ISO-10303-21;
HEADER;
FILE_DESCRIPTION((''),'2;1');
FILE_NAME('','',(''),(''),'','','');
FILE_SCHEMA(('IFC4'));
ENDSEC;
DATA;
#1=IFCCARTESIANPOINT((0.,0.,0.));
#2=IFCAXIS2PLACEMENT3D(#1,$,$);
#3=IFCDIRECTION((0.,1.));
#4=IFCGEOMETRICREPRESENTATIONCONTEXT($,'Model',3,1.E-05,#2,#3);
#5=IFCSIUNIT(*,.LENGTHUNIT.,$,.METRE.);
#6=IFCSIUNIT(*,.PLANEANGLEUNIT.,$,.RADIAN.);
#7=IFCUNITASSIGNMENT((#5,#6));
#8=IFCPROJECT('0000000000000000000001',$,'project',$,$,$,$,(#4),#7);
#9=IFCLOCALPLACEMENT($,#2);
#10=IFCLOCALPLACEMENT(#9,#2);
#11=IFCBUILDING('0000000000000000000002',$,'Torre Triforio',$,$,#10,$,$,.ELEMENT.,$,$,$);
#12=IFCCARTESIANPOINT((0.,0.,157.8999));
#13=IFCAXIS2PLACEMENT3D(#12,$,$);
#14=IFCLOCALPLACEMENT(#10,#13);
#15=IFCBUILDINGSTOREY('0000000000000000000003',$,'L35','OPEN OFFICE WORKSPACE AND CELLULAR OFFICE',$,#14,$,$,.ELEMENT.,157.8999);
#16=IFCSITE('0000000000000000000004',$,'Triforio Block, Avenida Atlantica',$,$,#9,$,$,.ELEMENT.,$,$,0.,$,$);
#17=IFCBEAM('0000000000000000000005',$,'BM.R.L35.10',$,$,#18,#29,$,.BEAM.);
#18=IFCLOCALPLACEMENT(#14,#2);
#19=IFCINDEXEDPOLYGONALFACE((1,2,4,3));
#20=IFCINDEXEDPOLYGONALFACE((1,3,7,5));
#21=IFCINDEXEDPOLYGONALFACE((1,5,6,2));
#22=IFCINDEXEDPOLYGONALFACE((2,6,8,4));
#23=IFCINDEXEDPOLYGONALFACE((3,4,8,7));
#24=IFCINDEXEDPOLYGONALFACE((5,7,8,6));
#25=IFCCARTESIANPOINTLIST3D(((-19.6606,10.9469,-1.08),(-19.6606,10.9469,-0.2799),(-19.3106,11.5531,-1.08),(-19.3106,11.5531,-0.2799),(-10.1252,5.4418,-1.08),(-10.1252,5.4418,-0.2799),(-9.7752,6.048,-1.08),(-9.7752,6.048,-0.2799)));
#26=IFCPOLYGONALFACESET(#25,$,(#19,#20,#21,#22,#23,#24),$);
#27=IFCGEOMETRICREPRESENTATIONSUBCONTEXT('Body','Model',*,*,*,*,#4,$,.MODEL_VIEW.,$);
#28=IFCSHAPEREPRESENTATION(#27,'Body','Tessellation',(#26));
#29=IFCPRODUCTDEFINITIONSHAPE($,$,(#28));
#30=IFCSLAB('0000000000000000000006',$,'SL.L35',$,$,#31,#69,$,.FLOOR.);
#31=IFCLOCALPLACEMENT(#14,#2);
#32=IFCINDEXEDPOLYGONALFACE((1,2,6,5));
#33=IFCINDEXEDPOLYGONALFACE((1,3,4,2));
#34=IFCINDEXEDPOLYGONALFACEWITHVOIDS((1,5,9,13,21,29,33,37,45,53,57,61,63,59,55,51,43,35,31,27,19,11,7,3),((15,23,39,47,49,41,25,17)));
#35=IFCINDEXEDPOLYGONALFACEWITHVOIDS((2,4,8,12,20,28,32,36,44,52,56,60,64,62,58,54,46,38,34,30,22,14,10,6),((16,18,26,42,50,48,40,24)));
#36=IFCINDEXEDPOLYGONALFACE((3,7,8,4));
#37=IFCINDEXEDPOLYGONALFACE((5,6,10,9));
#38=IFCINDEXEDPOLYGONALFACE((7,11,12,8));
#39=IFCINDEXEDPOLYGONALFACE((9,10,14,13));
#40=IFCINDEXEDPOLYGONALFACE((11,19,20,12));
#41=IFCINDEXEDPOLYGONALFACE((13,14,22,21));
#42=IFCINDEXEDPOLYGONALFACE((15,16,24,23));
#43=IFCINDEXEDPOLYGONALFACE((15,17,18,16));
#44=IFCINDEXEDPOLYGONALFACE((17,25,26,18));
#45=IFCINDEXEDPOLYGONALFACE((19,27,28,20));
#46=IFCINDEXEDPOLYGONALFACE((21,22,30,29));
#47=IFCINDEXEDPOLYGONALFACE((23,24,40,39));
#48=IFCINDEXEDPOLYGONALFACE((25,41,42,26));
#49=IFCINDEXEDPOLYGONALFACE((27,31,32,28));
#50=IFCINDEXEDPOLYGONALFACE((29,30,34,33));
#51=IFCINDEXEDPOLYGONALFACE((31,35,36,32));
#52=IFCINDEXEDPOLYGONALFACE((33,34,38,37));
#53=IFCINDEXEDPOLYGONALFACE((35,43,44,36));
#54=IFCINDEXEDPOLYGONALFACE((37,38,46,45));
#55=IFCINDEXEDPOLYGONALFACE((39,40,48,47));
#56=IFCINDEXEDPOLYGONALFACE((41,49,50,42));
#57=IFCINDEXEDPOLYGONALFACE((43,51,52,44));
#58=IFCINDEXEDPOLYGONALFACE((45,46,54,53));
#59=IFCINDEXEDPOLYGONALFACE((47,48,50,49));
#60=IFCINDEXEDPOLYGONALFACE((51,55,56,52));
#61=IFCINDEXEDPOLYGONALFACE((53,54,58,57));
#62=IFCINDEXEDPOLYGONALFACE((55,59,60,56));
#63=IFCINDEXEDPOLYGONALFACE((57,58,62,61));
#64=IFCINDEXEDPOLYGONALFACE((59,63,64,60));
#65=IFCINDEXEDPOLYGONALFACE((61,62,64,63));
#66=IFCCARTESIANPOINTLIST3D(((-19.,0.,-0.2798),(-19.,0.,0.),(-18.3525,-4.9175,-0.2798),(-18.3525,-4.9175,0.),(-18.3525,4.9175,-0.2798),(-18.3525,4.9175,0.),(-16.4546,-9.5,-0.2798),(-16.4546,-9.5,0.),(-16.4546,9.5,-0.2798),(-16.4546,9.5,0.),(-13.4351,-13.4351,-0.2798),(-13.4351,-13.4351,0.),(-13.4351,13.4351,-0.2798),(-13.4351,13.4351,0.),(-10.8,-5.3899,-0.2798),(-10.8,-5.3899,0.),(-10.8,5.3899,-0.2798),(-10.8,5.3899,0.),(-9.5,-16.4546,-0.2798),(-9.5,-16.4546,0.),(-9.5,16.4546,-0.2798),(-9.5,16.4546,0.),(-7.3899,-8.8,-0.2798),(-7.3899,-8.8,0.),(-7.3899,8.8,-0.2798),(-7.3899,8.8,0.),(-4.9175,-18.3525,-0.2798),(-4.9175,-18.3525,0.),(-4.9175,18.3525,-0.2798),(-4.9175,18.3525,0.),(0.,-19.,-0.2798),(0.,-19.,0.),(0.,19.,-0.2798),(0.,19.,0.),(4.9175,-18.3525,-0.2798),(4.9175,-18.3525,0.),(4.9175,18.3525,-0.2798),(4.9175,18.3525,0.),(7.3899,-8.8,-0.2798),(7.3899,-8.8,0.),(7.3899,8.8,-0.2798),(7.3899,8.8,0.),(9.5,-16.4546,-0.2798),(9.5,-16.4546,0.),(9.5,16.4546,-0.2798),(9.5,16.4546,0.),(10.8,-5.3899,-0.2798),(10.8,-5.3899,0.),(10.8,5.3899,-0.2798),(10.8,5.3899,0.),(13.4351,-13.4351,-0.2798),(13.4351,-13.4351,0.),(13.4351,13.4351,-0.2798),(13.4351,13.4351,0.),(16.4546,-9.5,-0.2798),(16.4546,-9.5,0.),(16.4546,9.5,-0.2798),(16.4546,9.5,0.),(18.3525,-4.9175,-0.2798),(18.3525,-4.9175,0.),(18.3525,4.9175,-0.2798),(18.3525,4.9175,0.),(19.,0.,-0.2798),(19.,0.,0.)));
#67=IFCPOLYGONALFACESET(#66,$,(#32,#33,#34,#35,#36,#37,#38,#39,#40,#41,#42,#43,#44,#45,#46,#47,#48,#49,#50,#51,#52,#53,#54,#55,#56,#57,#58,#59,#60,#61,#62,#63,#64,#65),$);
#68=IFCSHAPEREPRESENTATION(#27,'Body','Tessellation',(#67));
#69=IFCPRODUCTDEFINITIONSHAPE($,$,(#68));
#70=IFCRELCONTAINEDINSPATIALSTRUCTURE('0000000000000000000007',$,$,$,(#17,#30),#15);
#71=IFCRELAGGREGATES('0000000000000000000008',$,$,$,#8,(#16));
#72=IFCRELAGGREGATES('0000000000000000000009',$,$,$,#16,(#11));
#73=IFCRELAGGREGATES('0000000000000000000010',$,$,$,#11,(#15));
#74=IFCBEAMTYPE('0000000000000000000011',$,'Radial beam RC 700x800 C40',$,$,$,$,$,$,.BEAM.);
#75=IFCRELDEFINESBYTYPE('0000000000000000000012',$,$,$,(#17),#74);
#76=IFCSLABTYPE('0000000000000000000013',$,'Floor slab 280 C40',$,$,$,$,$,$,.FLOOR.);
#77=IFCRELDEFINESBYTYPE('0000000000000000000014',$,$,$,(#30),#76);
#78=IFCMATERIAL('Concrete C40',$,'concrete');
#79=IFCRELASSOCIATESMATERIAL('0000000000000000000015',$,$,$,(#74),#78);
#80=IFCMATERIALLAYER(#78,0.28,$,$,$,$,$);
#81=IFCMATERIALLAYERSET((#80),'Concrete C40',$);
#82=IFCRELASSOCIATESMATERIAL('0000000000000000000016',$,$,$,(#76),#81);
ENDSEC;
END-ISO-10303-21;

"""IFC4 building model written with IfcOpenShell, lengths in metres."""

from ifc_helpers import new_model, si_unit, direction, frame, origin, origin_2d, place, context, subcontext, project, spatial, polyline, rectangle, outline, extrude, material, layer, layer_set, material_profile, profile_set, type_object, element, save


model = new_model("IFC4")

# Units and contexts
model_context = context("Model", 3, precision=1e-05, world=origin(), true_north=direction((0.0, 1.0)))
body_context = subcontext(model_context, "Body", "Model", "MODEL_VIEW")
ifc_project = project(units=[si_unit("LENGTHUNIT", "METRE"), si_unit("PLANEANGLEUNIT", "RADIAN")], contexts=[model_context])

# Site, building, storey
site_placement = place(None, origin())
site = spatial("IfcSite", under=ifc_project, at=site_placement, Name="Triforio Block, Avenida Atlantica", CompositionType="ELEMENT", RefElevation=0.0)
building_placement = place(site_placement, origin())
building = spatial("IfcBuilding", under=site, at=building_placement, Name="Torre Triforio", CompositionType="ELEMENT")
storey_placement = place(building_placement, frame((0.0, 0.0, 157.8999)))
storey = spatial("IfcBuildingStorey", under=building, at=storey_placement, Name="L35", Description="OPEN OFFICE WORKSPACE AND CELLULAR OFFICE", CompositionType="ELEMENT", Elevation=157.8999)

# Beam
ifc_material_1 = material(Name="Concrete C40", Category="concrete")
ifc_material_profile = material_profile(ifc_material_1, rectangle(XDim=0.7, YDim=0.8, at=origin_2d()), Name="RC 700x800")
ifc_profile_set = profile_set([ifc_material_profile], Name="Concrete C40")
beam_type = type_object("IfcBeamType", Name="Radial beam RC 700x800 C40", PredefinedType="BEAM", material=ifc_profile_set)
beam_placement = place(storey_placement, frame((-9.9502, 5.7449, -0.6799), z_axis=(-0.866031, 0.499991, 0.0), x_axis=(-0.499991, -0.866031, 0.0)))
element("IfcBeam", 1, at=beam_placement, inside=storey, type_object=beam_type, Name="BM.R.L35.10", PredefinedType="BEAM", context=body_context, shape_type="SweptSolid", body=[
    extrude(rectangle(XDim=0.7, YDim=0.8, at=origin_2d()), origin(), (0.0, 0.0, 1.0), 11.0105),
])

# Slab
ifc_layer_1 = layer(ifc_material_1, 0.28)
ifc_layer_set_1 = layer_set([ifc_layer_1], Name="Concrete C40")
slab_type_1 = type_object("IfcSlabType", Name="Floor slab 280 C40", PredefinedType="FLOOR", material=ifc_layer_set_1)
slab_1_placement = place(storey_placement, frame((0.0, 0.0, -0.2798)))
element("IfcSlab", 2, at=slab_1_placement, inside=storey, type_object=slab_type_1, Name="SL.L35", PredefinedType="FLOOR", context=body_context, shape_type="SweptSolid", body=[
    extrude(outline(polyline([(16.4546, -9.5), (18.3525, -4.9175), (19.0, 0.0), (18.3525, 4.9175), (16.4546, 9.5), (13.4351, 13.4351), (9.5, 16.4546), (4.9175, 18.3525), (0.0, 19.0), (-4.9175, 18.3525), (-9.5, 16.4546), (-13.4351, 13.4351), (-16.4546, 9.5), (-18.3525, 4.9175), (-19.0, 0.0), (-18.3525, -4.9175), (-16.4546, -9.5), (-13.4351, -13.4351), (-9.5, -16.4546), (-4.9175, -18.3525), (0.0, -19.0), (4.9175, -18.3525), (9.5, -16.4546), (13.4351, -13.4351), (16.4546, -9.5)]), holes=[polyline([(10.8, 5.3899), (10.8, -5.3899), (7.3899, -8.8), (-7.3899, -8.8), (-10.8, -5.3899), (-10.8, 5.3899), (-7.3899, 8.8), (7.3899, 8.8), (10.8, 5.3899)])]), origin(), (0.0, 0.0, 1.0), 0.2798),
])

save(model, "model.ifc")
